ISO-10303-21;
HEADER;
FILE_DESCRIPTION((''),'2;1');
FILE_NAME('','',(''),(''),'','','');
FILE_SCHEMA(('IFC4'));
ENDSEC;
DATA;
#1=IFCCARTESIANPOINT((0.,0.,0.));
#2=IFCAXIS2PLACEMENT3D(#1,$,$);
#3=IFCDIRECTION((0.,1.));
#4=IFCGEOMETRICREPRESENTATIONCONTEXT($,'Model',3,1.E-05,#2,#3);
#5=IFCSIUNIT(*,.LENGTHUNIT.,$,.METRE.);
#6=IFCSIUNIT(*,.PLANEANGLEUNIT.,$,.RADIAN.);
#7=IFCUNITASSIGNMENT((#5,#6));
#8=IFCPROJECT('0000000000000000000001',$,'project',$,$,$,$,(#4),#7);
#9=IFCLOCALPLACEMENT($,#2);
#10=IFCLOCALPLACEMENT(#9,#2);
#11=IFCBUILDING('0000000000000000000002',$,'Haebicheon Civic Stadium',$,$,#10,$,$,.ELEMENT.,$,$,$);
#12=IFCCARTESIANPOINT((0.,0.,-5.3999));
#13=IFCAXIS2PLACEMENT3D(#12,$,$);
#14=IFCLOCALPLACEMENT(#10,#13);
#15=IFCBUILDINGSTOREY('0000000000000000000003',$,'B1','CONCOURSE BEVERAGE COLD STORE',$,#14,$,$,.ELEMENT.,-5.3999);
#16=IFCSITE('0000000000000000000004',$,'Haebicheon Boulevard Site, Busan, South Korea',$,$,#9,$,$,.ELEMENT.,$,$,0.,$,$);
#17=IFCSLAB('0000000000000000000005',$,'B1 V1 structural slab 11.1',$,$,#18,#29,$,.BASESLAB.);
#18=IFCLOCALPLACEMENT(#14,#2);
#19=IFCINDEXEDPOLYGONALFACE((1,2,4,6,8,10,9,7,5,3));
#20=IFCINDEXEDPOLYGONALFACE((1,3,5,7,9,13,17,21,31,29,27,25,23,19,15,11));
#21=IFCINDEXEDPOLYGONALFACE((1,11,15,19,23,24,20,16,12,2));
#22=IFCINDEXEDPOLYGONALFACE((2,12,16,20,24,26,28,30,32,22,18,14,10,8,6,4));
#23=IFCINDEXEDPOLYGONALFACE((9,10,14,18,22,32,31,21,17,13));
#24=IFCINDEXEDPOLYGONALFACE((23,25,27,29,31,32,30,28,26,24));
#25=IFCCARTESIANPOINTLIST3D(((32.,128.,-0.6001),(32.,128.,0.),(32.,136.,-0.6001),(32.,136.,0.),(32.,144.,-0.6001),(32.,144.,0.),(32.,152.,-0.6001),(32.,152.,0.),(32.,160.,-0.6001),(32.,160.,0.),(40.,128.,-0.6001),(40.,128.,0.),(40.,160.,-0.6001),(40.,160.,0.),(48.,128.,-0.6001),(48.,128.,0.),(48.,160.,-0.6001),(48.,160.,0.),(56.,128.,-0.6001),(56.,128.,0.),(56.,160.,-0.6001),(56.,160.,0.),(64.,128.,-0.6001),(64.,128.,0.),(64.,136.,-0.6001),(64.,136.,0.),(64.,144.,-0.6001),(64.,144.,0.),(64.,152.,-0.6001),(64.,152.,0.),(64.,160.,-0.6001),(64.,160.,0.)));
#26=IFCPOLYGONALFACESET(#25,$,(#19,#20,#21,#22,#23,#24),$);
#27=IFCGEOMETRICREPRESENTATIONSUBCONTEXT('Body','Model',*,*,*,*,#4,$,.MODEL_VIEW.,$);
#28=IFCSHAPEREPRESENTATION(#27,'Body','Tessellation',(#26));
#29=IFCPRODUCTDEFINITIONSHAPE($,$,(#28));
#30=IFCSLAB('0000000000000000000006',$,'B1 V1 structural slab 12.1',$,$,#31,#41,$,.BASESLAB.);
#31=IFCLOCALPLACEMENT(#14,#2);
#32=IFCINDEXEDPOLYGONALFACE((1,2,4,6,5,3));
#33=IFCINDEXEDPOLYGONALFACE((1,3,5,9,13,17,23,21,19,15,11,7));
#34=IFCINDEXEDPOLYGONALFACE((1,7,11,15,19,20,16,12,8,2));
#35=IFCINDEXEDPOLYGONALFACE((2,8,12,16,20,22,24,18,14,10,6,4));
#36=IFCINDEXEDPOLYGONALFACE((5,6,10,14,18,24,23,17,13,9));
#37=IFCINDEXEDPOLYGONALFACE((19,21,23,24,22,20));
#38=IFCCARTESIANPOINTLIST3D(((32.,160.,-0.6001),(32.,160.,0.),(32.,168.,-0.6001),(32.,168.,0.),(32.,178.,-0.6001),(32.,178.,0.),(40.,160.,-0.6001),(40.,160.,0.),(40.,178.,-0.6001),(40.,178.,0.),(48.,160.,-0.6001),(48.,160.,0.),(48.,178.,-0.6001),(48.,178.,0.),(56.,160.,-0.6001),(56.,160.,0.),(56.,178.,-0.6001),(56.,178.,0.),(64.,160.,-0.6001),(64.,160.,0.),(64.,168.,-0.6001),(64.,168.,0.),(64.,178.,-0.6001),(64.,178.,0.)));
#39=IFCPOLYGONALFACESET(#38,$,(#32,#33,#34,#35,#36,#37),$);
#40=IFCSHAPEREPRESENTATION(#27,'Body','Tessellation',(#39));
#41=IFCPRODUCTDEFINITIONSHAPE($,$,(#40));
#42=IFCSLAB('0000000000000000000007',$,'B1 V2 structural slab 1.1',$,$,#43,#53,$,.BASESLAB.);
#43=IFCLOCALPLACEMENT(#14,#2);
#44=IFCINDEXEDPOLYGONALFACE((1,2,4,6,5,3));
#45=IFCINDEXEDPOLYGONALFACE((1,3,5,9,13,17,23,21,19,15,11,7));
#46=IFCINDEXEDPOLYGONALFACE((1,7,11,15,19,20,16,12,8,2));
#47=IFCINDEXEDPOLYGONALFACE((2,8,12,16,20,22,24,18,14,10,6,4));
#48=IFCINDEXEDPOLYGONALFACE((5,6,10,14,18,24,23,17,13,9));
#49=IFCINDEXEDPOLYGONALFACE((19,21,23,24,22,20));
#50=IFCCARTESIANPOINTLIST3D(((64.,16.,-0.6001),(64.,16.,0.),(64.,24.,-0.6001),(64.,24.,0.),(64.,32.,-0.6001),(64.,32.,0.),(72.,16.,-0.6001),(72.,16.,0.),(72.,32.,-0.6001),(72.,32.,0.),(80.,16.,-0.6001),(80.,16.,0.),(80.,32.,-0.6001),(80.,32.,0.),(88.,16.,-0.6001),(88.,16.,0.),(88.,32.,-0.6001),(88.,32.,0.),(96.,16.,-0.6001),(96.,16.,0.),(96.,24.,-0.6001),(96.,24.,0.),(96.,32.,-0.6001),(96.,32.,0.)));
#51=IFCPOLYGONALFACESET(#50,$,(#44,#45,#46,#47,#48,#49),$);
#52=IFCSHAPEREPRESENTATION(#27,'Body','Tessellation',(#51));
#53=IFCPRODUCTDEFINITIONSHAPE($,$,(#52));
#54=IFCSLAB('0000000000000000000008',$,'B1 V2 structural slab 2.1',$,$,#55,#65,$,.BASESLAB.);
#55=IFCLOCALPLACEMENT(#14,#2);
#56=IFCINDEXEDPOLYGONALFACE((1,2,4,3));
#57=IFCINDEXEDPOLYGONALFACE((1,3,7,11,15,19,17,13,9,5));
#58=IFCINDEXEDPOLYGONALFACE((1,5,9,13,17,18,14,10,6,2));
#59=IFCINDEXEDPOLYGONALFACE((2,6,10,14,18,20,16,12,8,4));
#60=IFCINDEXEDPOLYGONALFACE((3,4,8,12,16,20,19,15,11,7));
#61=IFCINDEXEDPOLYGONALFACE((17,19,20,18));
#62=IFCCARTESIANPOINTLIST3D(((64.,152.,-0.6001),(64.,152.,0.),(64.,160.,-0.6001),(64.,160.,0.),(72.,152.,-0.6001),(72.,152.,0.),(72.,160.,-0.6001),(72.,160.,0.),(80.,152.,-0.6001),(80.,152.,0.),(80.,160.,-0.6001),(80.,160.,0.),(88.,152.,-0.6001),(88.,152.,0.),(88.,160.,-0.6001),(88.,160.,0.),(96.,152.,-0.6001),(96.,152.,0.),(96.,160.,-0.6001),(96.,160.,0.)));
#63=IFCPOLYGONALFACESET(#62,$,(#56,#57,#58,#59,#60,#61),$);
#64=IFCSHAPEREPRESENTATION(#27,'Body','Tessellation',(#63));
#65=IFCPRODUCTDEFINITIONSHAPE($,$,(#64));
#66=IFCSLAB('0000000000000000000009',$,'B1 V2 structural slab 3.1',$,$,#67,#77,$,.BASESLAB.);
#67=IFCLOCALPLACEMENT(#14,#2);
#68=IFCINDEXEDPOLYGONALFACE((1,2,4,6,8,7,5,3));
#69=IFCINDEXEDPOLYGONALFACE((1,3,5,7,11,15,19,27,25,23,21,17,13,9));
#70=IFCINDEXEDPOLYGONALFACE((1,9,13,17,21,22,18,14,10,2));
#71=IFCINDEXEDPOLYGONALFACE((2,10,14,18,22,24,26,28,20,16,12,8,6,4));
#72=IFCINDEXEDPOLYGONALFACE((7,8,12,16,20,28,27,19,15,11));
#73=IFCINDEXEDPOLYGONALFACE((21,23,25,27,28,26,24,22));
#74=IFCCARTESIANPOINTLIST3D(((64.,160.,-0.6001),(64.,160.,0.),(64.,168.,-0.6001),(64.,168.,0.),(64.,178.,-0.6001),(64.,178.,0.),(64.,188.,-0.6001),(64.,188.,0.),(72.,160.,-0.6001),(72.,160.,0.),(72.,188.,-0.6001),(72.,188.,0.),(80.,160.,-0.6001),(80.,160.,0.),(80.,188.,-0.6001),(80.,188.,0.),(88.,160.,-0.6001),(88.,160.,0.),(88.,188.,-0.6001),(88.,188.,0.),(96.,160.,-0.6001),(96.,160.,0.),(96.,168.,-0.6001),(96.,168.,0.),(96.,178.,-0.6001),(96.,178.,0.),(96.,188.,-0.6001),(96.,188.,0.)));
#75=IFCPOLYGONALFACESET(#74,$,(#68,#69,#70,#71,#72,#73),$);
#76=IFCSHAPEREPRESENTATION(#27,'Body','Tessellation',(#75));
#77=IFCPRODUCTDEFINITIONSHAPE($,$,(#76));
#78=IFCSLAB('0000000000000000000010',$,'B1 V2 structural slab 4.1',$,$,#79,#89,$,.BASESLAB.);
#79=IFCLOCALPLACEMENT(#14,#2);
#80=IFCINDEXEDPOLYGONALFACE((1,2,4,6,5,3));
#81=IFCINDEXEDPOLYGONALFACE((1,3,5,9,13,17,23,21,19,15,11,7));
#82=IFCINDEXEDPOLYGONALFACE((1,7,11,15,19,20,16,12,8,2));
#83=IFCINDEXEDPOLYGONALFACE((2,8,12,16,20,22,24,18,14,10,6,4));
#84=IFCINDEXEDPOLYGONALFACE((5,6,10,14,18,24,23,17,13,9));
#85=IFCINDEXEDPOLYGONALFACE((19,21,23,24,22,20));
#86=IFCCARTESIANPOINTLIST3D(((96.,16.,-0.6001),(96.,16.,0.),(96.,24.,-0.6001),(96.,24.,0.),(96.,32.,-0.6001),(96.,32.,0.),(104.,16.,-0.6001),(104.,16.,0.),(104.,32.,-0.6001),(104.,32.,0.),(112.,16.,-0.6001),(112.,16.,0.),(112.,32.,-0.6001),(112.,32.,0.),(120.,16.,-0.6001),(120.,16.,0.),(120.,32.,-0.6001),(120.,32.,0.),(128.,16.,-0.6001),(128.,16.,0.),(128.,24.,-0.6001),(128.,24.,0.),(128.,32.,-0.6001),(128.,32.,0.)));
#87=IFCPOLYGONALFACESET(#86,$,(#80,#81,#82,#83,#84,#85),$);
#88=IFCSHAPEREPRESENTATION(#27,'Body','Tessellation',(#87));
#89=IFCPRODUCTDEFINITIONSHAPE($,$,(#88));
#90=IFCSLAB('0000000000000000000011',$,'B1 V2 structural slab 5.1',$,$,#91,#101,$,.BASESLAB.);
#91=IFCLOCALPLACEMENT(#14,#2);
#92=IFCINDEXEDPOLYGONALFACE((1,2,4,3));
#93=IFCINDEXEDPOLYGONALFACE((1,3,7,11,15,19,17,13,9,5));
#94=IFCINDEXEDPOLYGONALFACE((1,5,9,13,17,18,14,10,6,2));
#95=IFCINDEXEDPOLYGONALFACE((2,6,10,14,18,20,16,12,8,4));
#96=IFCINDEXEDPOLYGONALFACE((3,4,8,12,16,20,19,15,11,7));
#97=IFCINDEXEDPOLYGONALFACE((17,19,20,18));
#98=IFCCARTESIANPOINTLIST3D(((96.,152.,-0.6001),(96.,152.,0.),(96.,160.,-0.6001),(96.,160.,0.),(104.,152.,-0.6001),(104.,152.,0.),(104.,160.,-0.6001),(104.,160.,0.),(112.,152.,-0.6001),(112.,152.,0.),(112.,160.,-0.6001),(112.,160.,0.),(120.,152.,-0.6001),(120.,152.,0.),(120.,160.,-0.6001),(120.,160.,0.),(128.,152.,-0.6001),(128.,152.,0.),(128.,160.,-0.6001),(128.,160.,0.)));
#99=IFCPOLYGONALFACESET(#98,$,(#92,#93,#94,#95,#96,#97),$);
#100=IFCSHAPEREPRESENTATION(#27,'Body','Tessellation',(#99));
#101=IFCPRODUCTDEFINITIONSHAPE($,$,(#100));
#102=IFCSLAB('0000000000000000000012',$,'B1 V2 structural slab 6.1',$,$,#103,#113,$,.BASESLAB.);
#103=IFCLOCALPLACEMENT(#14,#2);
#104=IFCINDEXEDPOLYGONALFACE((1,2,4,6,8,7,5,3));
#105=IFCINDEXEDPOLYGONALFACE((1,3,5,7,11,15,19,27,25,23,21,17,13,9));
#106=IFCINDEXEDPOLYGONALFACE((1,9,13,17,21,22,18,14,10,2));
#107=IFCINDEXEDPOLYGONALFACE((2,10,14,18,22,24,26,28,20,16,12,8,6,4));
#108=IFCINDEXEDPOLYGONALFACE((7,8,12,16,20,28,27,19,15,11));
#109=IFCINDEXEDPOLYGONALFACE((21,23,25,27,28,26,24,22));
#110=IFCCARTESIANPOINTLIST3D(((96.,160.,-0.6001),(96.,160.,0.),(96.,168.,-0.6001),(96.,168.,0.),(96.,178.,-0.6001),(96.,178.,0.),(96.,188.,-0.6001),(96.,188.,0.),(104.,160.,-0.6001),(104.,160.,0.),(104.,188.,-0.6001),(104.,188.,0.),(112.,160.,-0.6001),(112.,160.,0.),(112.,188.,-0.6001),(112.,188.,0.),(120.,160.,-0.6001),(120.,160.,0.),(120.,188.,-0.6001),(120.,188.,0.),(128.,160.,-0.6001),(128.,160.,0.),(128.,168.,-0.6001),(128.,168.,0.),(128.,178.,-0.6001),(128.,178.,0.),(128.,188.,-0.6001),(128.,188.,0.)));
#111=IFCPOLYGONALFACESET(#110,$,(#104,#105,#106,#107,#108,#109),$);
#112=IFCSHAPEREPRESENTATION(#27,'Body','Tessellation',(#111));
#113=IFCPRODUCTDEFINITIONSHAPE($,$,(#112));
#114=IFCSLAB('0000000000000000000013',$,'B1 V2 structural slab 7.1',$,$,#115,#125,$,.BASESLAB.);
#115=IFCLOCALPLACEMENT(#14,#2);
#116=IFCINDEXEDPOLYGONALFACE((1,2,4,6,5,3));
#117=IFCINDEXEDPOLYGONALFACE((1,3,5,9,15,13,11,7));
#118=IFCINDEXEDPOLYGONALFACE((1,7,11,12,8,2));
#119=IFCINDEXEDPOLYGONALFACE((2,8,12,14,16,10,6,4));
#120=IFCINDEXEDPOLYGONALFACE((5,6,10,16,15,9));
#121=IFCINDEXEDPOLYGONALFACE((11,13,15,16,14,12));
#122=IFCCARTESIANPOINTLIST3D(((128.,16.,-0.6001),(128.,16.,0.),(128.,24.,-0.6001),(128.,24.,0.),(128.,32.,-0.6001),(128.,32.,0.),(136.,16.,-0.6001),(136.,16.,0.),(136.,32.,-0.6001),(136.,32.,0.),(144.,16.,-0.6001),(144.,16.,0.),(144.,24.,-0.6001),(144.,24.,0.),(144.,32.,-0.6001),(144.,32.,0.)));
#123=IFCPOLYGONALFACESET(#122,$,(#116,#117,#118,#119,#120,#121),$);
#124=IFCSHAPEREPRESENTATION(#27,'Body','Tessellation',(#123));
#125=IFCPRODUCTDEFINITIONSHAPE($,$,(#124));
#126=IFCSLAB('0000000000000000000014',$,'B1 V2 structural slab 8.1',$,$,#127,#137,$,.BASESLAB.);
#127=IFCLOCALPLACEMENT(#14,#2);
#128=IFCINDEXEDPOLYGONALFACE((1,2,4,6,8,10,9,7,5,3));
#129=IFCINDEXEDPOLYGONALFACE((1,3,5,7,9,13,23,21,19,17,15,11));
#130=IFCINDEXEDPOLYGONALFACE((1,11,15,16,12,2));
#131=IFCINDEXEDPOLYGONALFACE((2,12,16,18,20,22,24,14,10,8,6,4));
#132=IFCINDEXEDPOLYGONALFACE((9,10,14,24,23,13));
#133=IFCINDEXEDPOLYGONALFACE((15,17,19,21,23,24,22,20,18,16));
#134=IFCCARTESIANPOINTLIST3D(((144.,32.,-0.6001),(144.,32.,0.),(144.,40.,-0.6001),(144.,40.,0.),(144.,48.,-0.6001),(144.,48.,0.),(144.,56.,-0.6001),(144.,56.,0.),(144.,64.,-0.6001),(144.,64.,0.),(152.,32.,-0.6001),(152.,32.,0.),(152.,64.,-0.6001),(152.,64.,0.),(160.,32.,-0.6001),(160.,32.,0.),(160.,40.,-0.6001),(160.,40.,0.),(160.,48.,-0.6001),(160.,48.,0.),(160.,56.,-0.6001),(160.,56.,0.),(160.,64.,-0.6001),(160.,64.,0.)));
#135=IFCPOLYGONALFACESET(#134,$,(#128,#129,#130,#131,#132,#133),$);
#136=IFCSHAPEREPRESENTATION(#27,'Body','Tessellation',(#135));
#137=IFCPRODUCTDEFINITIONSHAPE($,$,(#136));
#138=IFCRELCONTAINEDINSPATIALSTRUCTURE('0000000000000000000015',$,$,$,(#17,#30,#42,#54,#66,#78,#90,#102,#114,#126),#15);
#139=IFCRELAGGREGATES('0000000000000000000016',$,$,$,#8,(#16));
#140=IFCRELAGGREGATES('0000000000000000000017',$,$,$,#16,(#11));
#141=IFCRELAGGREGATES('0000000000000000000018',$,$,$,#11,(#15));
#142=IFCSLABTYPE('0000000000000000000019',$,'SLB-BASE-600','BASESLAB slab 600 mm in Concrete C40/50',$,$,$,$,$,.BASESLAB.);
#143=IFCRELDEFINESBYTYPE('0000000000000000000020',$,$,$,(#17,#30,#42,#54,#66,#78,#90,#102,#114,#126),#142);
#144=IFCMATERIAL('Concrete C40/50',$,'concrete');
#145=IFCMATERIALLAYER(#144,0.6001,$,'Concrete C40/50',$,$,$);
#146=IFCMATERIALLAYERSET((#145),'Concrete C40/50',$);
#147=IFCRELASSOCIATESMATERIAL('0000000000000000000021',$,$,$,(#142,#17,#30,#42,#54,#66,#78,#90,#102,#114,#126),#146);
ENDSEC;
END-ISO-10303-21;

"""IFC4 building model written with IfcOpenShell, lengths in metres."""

from ifc_helpers import new_model, si_unit, direction, frame, origin, place, context, subcontext, project, spatial, polyline, outline, extrude, material, layer, layer_set, type_object, element, save


model = new_model("IFC4")

# Units and contexts
model_context = context("Model", 3, precision=1e-05, world=origin(), true_north=direction((0.0, 1.0)))
body_context = subcontext(model_context, "Body", "Model", "MODEL_VIEW")
ifc_project = project(units=[si_unit("LENGTHUNIT", "METRE"), si_unit("PLANEANGLEUNIT", "RADIAN")], contexts=[model_context])

# Site, building, storey
site_placement = place(None, origin())
site = spatial("IfcSite", under=ifc_project, at=site_placement, Name="Haebicheon Boulevard Site, Busan, South Korea", CompositionType="ELEMENT", RefElevation=0.0)
building_placement = place(site_placement, origin())
building = spatial("IfcBuilding", under=site, at=building_placement, Name="Haebicheon Civic Stadium", CompositionType="ELEMENT")
storey_placement = place(building_placement, frame((0.0, 0.0, -5.3999)))
storey = spatial("IfcBuildingStorey", under=building, at=storey_placement, Name="B1", Description="CONCOURSE BEVERAGE COLD STORE", CompositionType="ELEMENT", Elevation=-5.3999)

# Slabs
ifc_material = material(Name="Concrete C40/50", Category="concrete")
ifc_layer = layer(ifc_material, 0.6001, Name="Concrete C40/50")
ifc_layer_set = layer_set([ifc_layer], Name="Concrete C40/50")
slab_type = type_object("IfcSlabType", Name="SLB-BASE-600", Description="BASESLAB slab 600 mm in Concrete C40/50", PredefinedType="BASESLAB", material=ifc_layer_set)
slab_1_placement = place(storey_placement, frame((0.0, 0.0, -0.6001)))
element("IfcSlab", 1, at=slab_1_placement, inside=storey, type_object=slab_type, material=ifc_layer_set, Name="B1 V1 structural slab 11.1", PredefinedType="BASESLAB", context=body_context, shape_type="SweptSolid", body=[
    extrude(outline(polyline([(32.0, 152.0), (32.0, 160.0), (40.0, 160.0), (48.0, 160.0), (56.0, 160.0), (64.0, 160.0), (64.0, 152.0), (64.0, 144.0), (64.0, 136.0), (64.0, 128.0), (56.0, 128.0), (48.0, 128.0), (40.0, 128.0), (32.0, 128.0), (32.0, 136.0), (32.0, 144.0), (32.0, 152.0)])), origin(), (0.0, 0.0, 1.0), 0.6001),
])
slab_2_placement = place(storey_placement, frame((0.0, 0.0, -0.6001)))
element("IfcSlab", 2, at=slab_2_placement, inside=storey, type_object=slab_type, material=ifc_layer_set, Name="B1 V1 structural slab 12.1", PredefinedType="BASESLAB", context=body_context, shape_type="SweptSolid", body=[
    extrude(outline(polyline([(64.0, 160.0), (56.0, 160.0), (48.0, 160.0), (40.0, 160.0), (32.0, 160.0), (32.0, 168.0), (32.0, 178.0), (40.0, 178.0), (48.0, 178.0), (56.0, 178.0), (64.0, 178.0), (64.0, 168.0), (64.0, 160.0)])), origin(), (0.0, 0.0, 1.0), 0.6001),
])
slab_3_placement = place(storey_placement, frame((0.0, 0.0, -0.6001)))
element("IfcSlab", 3, at=slab_3_placement, inside=storey, type_object=slab_type, material=ifc_layer_set, Name="B1 V2 structural slab 1.1", PredefinedType="BASESLAB", context=body_context, shape_type="SweptSolid", body=[
    extrude(outline(polyline([(96.0, 16.0), (88.0, 16.0), (80.0, 16.0), (72.0, 16.0), (64.0, 16.0), (64.0, 24.0), (64.0, 32.0), (72.0, 32.0), (80.0, 32.0), (88.0, 32.0), (96.0, 32.0), (96.0, 24.0), (96.0, 16.0)])), origin(), (0.0, 0.0, 1.0), 0.6001),
])
slab_4_placement = place(storey_placement, frame((0.0, 0.0, -0.6001)))
element("IfcSlab", 4, at=slab_4_placement, inside=storey, type_object=slab_type, material=ifc_layer_set, Name="B1 V2 structural slab 2.1", PredefinedType="BASESLAB", context=body_context, shape_type="SweptSolid", body=[
    extrude(outline(polyline([(64.0, 160.0), (72.0, 160.0), (80.0, 160.0), (88.0, 160.0), (96.0, 160.0), (96.0, 152.0), (88.0, 152.0), (80.0, 152.0), (72.0, 152.0), (64.0, 152.0), (64.0, 160.0)])), origin(), (0.0, 0.0, 1.0), 0.6001),
])
slab_5_placement = place(storey_placement, frame((0.0, 0.0, -0.6001)))
element("IfcSlab", 5, at=slab_5_placement, inside=storey, type_object=slab_type, material=ifc_layer_set, Name="B1 V2 structural slab 3.1", PredefinedType="BASESLAB", context=body_context, shape_type="SweptSolid", body=[
    extrude(outline(polyline([(64.0, 178.0), (64.0, 188.0), (72.0, 188.0), (80.0, 188.0), (88.0, 188.0), (96.0, 188.0), (96.0, 178.0), (96.0, 168.0), (96.0, 160.0), (88.0, 160.0), (80.0, 160.0), (72.0, 160.0), (64.0, 160.0), (64.0, 168.0), (64.0, 178.0)])), origin(), (0.0, 0.0, 1.0), 0.6001),
])
slab_6_placement = place(storey_placement, frame((0.0, 0.0, -0.6001)))
element("IfcSlab", 6, at=slab_6_placement, inside=storey, type_object=slab_type, material=ifc_layer_set, Name="B1 V2 structural slab 4.1", PredefinedType="BASESLAB", context=body_context, shape_type="SweptSolid", body=[
    extrude(outline(polyline([(128.0, 16.0), (120.0, 16.0), (112.0, 16.0), (104.0, 16.0), (96.0, 16.0), (96.0, 24.0), (96.0, 32.0), (104.0, 32.0), (112.0, 32.0), (120.0, 32.0), (128.0, 32.0), (128.0, 24.0), (128.0, 16.0)])), origin(), (0.0, 0.0, 1.0), 0.6001),
])
slab_7_placement = place(storey_placement, frame((0.0, 0.0, -0.6001)))
element("IfcSlab", 7, at=slab_7_placement, inside=storey, type_object=slab_type, material=ifc_layer_set, Name="B1 V2 structural slab 5.1", PredefinedType="BASESLAB", context=body_context, shape_type="SweptSolid", body=[
    extrude(outline(polyline([(96.0, 160.0), (104.0, 160.0), (112.0, 160.0), (120.0, 160.0), (128.0, 160.0), (128.0, 152.0), (120.0, 152.0), (112.0, 152.0), (104.0, 152.0), (96.0, 152.0), (96.0, 160.0)])), origin(), (0.0, 0.0, 1.0), 0.6001),
])
slab_8_placement = place(storey_placement, frame((0.0, 0.0, -0.6001)))
element("IfcSlab", 8, at=slab_8_placement, inside=storey, type_object=slab_type, material=ifc_layer_set, Name="B1 V2 structural slab 6.1", PredefinedType="BASESLAB", context=body_context, shape_type="SweptSolid", body=[
    extrude(outline(polyline([(96.0, 178.0), (96.0, 188.0), (104.0, 188.0), (112.0, 188.0), (120.0, 188.0), (128.0, 188.0), (128.0, 178.0), (128.0, 168.0), (128.0, 160.0), (120.0, 160.0), (112.0, 160.0), (104.0, 160.0), (96.0, 160.0), (96.0, 168.0), (96.0, 178.0)])), origin(), (0.0, 0.0, 1.0), 0.6001),
])
slab_9_placement = place(storey_placement, frame((0.0, 0.0, -0.6001)))
element("IfcSlab", 9, at=slab_9_placement, inside=storey, type_object=slab_type, material=ifc_layer_set, Name="B1 V2 structural slab 7.1", PredefinedType="BASESLAB", context=body_context, shape_type="SweptSolid", body=[
    extrude(outline(polyline([(128.0, 24.0), (128.0, 32.0), (136.0, 32.0), (144.0, 32.0), (144.0, 24.0), (144.0, 16.0), (136.0, 16.0), (128.0, 16.0), (128.0, 24.0)])), origin(), (0.0, 0.0, 1.0), 0.6001),
])
slab_10_placement = place(storey_placement, frame((0.0, 0.0, -0.6001)))
element("IfcSlab", 10, at=slab_10_placement, inside=storey, type_object=slab_type, material=ifc_layer_set, Name="B1 V2 structural slab 8.1", PredefinedType="BASESLAB", context=body_context, shape_type="SweptSolid", body=[
    extrude(outline(polyline([(144.0, 48.0), (144.0, 56.0), (144.0, 64.0), (152.0, 64.0), (160.0, 64.0), (160.0, 56.0), (160.0, 48.0), (160.0, 40.0), (160.0, 32.0), (152.0, 32.0), (144.0, 32.0), (144.0, 40.0), (144.0, 48.0)])), origin(), (0.0, 0.0, 1.0), 0.6001),
])

save(model, "model.ifc")
